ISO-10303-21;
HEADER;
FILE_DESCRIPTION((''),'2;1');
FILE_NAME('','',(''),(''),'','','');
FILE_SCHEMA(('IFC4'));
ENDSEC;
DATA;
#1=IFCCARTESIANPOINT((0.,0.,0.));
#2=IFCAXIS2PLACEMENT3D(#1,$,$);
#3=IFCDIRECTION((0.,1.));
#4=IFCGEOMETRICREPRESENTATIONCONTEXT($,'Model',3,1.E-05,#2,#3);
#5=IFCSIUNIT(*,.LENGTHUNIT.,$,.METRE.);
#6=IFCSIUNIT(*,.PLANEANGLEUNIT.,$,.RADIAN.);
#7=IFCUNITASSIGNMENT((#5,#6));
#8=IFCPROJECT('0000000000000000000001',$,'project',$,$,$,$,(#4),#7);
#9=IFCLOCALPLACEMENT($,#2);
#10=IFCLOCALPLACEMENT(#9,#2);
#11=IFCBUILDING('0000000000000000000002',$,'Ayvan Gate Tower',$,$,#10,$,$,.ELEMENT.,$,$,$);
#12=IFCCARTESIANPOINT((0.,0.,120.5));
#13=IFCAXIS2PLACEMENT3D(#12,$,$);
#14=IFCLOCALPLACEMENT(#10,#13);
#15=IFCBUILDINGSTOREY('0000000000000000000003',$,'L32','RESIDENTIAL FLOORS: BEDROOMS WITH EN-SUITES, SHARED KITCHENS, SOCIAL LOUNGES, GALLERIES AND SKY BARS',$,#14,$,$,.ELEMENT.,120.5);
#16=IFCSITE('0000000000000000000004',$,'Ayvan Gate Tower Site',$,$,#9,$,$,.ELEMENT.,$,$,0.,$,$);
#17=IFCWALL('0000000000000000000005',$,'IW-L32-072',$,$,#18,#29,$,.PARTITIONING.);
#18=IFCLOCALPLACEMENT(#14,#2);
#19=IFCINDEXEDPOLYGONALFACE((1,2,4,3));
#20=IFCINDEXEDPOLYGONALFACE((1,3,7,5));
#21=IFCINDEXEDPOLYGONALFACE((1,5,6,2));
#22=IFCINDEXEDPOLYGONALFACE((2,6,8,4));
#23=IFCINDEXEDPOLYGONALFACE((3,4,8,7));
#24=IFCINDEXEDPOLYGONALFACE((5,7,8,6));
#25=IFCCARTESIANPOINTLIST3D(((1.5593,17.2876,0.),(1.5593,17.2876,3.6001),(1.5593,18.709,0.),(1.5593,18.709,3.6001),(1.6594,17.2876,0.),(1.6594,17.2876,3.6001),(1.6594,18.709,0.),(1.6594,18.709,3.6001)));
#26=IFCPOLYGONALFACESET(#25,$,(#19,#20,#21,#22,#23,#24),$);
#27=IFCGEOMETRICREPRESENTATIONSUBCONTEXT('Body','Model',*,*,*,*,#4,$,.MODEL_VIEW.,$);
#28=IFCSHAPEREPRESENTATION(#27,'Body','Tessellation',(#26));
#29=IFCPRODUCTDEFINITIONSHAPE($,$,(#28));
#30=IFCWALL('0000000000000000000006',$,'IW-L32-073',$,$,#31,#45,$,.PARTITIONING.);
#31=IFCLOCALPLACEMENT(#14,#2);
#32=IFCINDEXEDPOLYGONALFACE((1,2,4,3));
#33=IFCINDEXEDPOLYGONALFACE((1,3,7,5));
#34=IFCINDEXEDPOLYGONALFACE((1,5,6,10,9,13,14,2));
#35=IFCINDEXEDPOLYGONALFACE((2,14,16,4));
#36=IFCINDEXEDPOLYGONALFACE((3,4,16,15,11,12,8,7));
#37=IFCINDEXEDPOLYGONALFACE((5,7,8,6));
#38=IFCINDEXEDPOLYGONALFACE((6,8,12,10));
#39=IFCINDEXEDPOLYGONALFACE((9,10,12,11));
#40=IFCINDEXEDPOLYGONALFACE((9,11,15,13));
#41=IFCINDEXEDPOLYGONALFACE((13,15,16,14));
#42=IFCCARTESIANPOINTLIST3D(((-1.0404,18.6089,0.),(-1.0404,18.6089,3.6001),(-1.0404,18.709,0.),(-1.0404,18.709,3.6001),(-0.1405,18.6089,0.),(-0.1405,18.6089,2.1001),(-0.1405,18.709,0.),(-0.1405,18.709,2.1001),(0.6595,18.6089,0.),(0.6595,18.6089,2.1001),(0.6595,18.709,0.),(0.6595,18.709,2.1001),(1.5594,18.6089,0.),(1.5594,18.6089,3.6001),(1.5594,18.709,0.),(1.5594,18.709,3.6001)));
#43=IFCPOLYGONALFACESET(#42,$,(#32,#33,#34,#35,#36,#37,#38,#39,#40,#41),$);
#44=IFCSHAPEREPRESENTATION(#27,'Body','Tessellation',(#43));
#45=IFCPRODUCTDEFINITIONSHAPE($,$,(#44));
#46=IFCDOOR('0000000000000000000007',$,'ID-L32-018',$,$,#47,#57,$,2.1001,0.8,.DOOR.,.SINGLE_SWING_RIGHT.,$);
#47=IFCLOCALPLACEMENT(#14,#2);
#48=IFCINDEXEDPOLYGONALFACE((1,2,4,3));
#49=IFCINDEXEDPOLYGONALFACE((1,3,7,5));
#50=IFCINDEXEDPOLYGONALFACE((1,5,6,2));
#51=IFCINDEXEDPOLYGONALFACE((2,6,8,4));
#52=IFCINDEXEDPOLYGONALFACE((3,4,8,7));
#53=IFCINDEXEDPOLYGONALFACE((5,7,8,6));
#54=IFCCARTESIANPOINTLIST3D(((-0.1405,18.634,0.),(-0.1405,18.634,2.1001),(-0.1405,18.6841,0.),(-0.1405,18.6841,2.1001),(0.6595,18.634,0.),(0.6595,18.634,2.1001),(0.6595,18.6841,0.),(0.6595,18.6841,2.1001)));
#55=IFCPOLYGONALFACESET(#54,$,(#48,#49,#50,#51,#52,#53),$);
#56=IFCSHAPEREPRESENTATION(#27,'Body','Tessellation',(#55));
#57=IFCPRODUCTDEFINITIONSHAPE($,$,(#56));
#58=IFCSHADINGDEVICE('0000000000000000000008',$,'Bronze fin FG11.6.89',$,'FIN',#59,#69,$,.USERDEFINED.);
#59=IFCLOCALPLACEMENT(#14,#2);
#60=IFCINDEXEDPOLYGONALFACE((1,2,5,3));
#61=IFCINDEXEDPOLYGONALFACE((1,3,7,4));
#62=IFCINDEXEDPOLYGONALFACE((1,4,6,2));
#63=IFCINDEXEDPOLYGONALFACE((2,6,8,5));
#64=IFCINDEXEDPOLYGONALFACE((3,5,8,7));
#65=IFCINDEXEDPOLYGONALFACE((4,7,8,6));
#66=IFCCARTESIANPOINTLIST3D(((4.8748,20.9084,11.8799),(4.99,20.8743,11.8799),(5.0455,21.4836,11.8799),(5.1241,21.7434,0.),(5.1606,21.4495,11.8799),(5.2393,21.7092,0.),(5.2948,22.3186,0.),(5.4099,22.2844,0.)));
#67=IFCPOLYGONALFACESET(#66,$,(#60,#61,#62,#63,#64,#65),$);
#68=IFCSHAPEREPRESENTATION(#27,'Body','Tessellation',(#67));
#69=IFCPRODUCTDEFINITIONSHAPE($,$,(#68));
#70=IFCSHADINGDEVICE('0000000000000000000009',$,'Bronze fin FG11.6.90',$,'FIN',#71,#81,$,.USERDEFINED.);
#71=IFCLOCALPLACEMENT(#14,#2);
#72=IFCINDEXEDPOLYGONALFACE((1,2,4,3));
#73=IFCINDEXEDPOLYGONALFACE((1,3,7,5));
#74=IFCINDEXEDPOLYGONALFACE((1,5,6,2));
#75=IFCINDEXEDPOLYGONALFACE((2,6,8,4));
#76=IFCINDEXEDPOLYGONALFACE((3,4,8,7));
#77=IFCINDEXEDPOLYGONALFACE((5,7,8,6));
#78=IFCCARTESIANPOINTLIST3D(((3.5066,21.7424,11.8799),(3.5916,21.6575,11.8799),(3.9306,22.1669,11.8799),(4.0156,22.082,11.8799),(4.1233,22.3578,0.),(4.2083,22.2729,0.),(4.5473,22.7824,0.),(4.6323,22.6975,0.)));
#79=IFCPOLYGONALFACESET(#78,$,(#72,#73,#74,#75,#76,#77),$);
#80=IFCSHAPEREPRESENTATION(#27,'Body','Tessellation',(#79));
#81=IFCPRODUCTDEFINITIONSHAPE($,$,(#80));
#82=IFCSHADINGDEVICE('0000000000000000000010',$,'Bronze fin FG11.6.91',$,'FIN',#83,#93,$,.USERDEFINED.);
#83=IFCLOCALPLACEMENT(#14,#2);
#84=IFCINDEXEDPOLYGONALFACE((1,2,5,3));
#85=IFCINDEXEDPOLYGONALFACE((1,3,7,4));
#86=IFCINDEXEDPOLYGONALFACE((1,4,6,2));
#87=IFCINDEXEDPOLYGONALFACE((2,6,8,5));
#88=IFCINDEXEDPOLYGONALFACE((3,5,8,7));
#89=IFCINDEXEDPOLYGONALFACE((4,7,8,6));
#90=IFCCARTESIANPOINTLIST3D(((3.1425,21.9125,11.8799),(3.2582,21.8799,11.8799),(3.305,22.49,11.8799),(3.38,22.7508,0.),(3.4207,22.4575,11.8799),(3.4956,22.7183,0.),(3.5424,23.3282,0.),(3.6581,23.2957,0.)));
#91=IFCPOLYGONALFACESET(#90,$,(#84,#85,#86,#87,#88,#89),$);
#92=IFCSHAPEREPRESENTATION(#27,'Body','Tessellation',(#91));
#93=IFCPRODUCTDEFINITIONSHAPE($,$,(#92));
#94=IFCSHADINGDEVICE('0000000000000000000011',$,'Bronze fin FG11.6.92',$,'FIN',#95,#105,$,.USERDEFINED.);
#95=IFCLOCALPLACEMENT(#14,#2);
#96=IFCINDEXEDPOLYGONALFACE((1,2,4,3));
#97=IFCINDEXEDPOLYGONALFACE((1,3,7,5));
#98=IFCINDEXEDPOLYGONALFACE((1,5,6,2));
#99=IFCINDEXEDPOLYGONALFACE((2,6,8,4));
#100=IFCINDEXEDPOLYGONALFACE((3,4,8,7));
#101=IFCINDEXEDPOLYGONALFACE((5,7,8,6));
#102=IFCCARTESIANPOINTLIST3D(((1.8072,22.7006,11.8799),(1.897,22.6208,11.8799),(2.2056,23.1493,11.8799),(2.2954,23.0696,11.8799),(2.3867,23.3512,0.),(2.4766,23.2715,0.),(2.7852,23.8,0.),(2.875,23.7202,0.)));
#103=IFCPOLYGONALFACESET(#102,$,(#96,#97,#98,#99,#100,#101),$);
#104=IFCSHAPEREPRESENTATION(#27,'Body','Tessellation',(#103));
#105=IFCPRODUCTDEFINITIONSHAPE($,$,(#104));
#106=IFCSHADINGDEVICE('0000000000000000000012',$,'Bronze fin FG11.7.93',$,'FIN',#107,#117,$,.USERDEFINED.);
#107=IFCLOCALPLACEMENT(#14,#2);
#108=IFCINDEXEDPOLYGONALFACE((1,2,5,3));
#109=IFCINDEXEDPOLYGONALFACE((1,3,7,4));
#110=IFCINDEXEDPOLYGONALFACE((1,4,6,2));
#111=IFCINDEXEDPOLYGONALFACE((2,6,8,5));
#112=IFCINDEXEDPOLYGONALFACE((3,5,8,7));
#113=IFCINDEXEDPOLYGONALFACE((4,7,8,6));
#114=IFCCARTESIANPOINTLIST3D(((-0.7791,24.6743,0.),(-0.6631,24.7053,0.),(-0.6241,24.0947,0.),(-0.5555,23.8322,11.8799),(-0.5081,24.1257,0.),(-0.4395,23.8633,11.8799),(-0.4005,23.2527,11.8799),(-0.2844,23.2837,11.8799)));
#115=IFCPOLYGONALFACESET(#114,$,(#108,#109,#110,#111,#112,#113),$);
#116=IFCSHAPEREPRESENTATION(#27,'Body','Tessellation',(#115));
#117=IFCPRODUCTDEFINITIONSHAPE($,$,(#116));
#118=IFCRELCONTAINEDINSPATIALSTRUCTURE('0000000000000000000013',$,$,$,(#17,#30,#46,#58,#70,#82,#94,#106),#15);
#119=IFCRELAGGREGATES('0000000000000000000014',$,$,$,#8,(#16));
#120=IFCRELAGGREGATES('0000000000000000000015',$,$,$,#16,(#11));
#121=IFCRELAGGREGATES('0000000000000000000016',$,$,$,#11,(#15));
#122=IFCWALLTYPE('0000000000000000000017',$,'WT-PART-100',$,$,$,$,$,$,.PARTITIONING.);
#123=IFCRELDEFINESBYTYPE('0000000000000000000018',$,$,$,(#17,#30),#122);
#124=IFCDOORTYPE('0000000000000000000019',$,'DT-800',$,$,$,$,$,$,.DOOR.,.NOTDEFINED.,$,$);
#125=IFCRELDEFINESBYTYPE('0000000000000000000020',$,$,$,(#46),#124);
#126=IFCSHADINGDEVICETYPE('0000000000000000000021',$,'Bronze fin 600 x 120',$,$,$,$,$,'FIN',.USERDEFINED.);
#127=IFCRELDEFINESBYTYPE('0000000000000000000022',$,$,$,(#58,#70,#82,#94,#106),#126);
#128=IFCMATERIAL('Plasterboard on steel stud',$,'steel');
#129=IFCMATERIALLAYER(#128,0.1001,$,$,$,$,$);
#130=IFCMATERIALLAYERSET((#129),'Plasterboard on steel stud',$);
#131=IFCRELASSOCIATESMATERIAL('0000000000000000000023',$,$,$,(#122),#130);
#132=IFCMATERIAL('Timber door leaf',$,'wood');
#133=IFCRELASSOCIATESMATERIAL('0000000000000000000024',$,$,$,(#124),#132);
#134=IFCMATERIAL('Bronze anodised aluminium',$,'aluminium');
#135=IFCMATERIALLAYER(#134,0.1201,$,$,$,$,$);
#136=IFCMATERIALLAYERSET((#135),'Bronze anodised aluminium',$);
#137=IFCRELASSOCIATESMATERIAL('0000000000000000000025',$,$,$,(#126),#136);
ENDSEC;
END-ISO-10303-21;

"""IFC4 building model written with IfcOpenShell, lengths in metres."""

from ifc_helpers import new_model, si_unit, direction, frame, frame_2d, origin, place, context, subcontext, project, spatial, polyline, rectangle, outline, extrude, material, layer, layer_set, type_object, element, fill, save


model = new_model("IFC4")

# Units and contexts
model_context = context("Model", 3, precision=1e-05, world=origin(), true_north=direction((0.0, 1.0)))
body_context = subcontext(model_context, "Body", "Model", "MODEL_VIEW")
ifc_project = project(units=[si_unit("LENGTHUNIT", "METRE"), si_unit("PLANEANGLEUNIT", "RADIAN")], contexts=[model_context])

# Site, building, storey
site_placement = place(None, origin())
site = spatial("IfcSite", under=ifc_project, at=site_placement, Name="Ayvan Gate Tower Site", CompositionType="ELEMENT", RefElevation=0.0)
building_placement = place(site_placement, origin())
building = spatial("IfcBuilding", under=site, at=building_placement, Name="Ayvan Gate Tower", CompositionType="ELEMENT")
storey_placement = place(building_placement, frame((0.0, 0.0, 120.5)))
storey = spatial("IfcBuildingStorey", under=building, at=storey_placement, Name="L32", Description="RESIDENTIAL FLOORS: BEDROOMS WITH EN-SUITES, SHARED KITCHENS, SOCIAL LOUNGES, GALLERIES AND SKY BARS", CompositionType="ELEMENT", Elevation=120.5)

# Shared definitions
ifc_material_1 = material(Name="Bronze anodised aluminium", Category="aluminium")

# Wall
ifc_material_2 = material(Name="Plasterboard on steel stud", Category="steel")
ifc_layer_1 = layer(ifc_material_2, 0.1001)
ifc_layer_set_1 = layer_set([ifc_layer_1], Name="Plasterboard on steel stud")
wall_type = type_object("IfcWallType", Name="WT-PART-100", PredefinedType="PARTITIONING", material=ifc_layer_set_1)
wall_1_placement = place(storey_placement, frame((1.6094, 17.2876, 0.0), z_axis=(0.0, 0.0, 1.0), x_axis=(0.0, 1.0, 0.0)))
element("IfcWall", 1, at=wall_1_placement, inside=storey, type_object=wall_type, Name="IW-L32-072", PredefinedType="PARTITIONING", context=body_context, shape_type="SweptSolid", body=[
    extrude(rectangle(XDim=1.4214, YDim=0.1001, at=frame_2d((0.7107, 0.0))), origin(), (0.0, 0.0, 1.0), 3.6001),
])

# Wall, opening, door
wall_2_placement = place(storey_placement, frame((1.5593, 18.6589, 0.0), z_axis=(0.0, 0.0, 1.0), x_axis=(-1.0, 0.0, 0.0)))
wall_2 = element("IfcWall", 2, at=wall_2_placement, inside=storey, type_object=wall_type, Name="IW-L32-073", PredefinedType="PARTITIONING", context=body_context, shape_type="SweptSolid", body=[
    extrude(rectangle(XDim=2.5999, YDim=0.1001, at=frame_2d((1.2998, 0.0))), origin(), (0.0, 0.0, 1.0), 3.6001),
])
opening_placement = place(wall_2_placement, frame((0.8999, 0.0, 0.0)))
opening = element("IfcOpeningElement", 3, at=opening_placement, cuts=wall_2, PredefinedType="OPENING", context=body_context, shape_type="SweptSolid", body=[
    extrude(rectangle(XDim=0.8, YDim=2.1001, at=frame_2d((0.3999, 1.05))), frame((0.0, 0.0601, 0.0), z_axis=(0.0, -1.0, 0.0), x_axis=(1.0, 0.0, 0.0)), (0.0, 0.0, 1.0), 0.1201),
])
ifc_material_3 = material(Name="Timber door leaf", Category="wood")
door_type = type_object("IfcDoorType", Name="DT-800", OperationType="NOTDEFINED", PredefinedType="DOOR", material=ifc_material_3)
door_placement = place(opening_placement, origin())
door = element("IfcDoor", 4, at=door_placement, inside=storey, type_object=door_type, Name="ID-L32-018", OperationType="SINGLE_SWING_RIGHT", OverallHeight=2.1001, OverallWidth=0.8, PredefinedType="DOOR", context=body_context, shape_type="SweptSolid", body=[
    extrude(rectangle(XDim=0.8, YDim=2.1001, at=frame_2d((0.3999, 1.05))), frame((0.0, 0.0249, 0.0), z_axis=(0.0, -1.0, 0.0), x_axis=(1.0, 0.0, 0.0)), (0.0, 0.0, 1.0), 0.05),
])
fill(opening, door)

# Shading devices
ifc_layer_2 = layer(ifc_material_1, 0.1201)
ifc_layer_set_2 = layer_set([ifc_layer_2], Name="Bronze anodised aluminium")
shading_device_type = type_object("IfcShadingDeviceType", Name="Bronze fin 600 x 120", ElementType="FIN", PredefinedType="USERDEFINED", material=ifc_layer_set_2)
shading_device_1_placement = place(storey_placement, frame((5.2393, 21.7092, 0.0), z_axis=(0.958695, -0.284435, 0.000125), x_axis=(0.284435, 0.958695, 0.0)))
element("IfcShadingDevice", 5, at=shading_device_1_placement, inside=storey, type_object=shading_device_type, Name="Bronze fin FG11.6.89", ObjectType="FIN", PredefinedType="USERDEFINED", context=body_context, shape_type="SweptSolid", body=[
    extrude(outline(polyline([(0.0, 0.0), (0.6, 0.0), (-0.2714, 11.8799), (-0.8714, 11.8799), (0.0, 0.0)])), origin(), (0.0, 0.0, -1.0), 0.1201),
])
shading_device_2_placement = place(storey_placement, frame((4.2083, 22.2729, 0.0), z_axis=(0.707514, -0.7067, 0.000115), x_axis=(0.7067, 0.707514, 0.0)))
element("IfcShadingDevice", 6, at=shading_device_2_placement, inside=storey, type_object=shading_device_type, Name="Bronze fin FG11.6.90", ObjectType="FIN", PredefinedType="USERDEFINED", context=body_context, shape_type="SweptSolid", body=[
    extrude(outline(polyline([(0.0, 0.0), (0.6001, 0.0), (-0.2712, 11.8799), (-0.8713, 11.8799), (0.0, 0.0)])), origin(), (0.0, 0.0, -1.0), 0.1201),
])
shading_device_3_placement = place(storey_placement, frame((3.4956, 22.7183, 0.0), z_axis=(0.962629, -0.270822, 0.000129), x_axis=(0.270822, 0.962629, 0.0)))
element("IfcShadingDevice", 7, at=shading_device_3_placement, inside=storey, type_object=shading_device_type, Name="Bronze fin FG11.6.91", ObjectType="FIN", PredefinedType="USERDEFINED", context=body_context, shape_type="SweptSolid", body=[
    extrude(outline(polyline([(0.0, 0.0), (0.5999, 0.0), (-0.2713, 11.8799), (-0.8713, 11.8799), (0.0, 0.0)])), origin(), (0.0, 0.0, -1.0), 0.1201),
])
shading_device_4_placement = place(storey_placement, frame((2.4766, 23.2715, 0.0), z_axis=(0.747768, -0.66396, 0.000118), x_axis=(0.66396, 0.747768, 0.0)))
element("IfcShadingDevice", 8, at=shading_device_4_placement, inside=storey, type_object=shading_device_type, Name="Bronze fin FG11.6.92", ObjectType="FIN", PredefinedType="USERDEFINED", context=body_context, shape_type="SweptSolid", body=[
    extrude(outline(polyline([(0.0, 0.0), (0.6001, 0.0), (-0.2713, 11.8799), (-0.8713, 11.8799), (0.0, 0.0)])), origin(), (0.0, 0.0, -1.0), 0.1201),
])
shading_device_5_placement = place(storey_placement, frame((-0.5081, 24.1257, 0.0), z_axis=(0.966039, 0.258397, 0.00013), x_axis=(-0.258397, 0.966039, 0.0)))
element("IfcShadingDevice", 9, at=shading_device_5_placement, inside=storey, type_object=shading_device_type, Name="Bronze fin FG11.7.93", ObjectType="FIN", PredefinedType="USERDEFINED", context=body_context, shape_type="SweptSolid", body=[
    extrude(outline(polyline([(0.0, 0.0), (0.6, 0.0), (-0.2713, 11.8799), (-0.8712, 11.8799), (0.0, 0.0)])), origin(), (0.0, 0.0, -1.0), 0.1201),
])

save(model, "model.ifc")
